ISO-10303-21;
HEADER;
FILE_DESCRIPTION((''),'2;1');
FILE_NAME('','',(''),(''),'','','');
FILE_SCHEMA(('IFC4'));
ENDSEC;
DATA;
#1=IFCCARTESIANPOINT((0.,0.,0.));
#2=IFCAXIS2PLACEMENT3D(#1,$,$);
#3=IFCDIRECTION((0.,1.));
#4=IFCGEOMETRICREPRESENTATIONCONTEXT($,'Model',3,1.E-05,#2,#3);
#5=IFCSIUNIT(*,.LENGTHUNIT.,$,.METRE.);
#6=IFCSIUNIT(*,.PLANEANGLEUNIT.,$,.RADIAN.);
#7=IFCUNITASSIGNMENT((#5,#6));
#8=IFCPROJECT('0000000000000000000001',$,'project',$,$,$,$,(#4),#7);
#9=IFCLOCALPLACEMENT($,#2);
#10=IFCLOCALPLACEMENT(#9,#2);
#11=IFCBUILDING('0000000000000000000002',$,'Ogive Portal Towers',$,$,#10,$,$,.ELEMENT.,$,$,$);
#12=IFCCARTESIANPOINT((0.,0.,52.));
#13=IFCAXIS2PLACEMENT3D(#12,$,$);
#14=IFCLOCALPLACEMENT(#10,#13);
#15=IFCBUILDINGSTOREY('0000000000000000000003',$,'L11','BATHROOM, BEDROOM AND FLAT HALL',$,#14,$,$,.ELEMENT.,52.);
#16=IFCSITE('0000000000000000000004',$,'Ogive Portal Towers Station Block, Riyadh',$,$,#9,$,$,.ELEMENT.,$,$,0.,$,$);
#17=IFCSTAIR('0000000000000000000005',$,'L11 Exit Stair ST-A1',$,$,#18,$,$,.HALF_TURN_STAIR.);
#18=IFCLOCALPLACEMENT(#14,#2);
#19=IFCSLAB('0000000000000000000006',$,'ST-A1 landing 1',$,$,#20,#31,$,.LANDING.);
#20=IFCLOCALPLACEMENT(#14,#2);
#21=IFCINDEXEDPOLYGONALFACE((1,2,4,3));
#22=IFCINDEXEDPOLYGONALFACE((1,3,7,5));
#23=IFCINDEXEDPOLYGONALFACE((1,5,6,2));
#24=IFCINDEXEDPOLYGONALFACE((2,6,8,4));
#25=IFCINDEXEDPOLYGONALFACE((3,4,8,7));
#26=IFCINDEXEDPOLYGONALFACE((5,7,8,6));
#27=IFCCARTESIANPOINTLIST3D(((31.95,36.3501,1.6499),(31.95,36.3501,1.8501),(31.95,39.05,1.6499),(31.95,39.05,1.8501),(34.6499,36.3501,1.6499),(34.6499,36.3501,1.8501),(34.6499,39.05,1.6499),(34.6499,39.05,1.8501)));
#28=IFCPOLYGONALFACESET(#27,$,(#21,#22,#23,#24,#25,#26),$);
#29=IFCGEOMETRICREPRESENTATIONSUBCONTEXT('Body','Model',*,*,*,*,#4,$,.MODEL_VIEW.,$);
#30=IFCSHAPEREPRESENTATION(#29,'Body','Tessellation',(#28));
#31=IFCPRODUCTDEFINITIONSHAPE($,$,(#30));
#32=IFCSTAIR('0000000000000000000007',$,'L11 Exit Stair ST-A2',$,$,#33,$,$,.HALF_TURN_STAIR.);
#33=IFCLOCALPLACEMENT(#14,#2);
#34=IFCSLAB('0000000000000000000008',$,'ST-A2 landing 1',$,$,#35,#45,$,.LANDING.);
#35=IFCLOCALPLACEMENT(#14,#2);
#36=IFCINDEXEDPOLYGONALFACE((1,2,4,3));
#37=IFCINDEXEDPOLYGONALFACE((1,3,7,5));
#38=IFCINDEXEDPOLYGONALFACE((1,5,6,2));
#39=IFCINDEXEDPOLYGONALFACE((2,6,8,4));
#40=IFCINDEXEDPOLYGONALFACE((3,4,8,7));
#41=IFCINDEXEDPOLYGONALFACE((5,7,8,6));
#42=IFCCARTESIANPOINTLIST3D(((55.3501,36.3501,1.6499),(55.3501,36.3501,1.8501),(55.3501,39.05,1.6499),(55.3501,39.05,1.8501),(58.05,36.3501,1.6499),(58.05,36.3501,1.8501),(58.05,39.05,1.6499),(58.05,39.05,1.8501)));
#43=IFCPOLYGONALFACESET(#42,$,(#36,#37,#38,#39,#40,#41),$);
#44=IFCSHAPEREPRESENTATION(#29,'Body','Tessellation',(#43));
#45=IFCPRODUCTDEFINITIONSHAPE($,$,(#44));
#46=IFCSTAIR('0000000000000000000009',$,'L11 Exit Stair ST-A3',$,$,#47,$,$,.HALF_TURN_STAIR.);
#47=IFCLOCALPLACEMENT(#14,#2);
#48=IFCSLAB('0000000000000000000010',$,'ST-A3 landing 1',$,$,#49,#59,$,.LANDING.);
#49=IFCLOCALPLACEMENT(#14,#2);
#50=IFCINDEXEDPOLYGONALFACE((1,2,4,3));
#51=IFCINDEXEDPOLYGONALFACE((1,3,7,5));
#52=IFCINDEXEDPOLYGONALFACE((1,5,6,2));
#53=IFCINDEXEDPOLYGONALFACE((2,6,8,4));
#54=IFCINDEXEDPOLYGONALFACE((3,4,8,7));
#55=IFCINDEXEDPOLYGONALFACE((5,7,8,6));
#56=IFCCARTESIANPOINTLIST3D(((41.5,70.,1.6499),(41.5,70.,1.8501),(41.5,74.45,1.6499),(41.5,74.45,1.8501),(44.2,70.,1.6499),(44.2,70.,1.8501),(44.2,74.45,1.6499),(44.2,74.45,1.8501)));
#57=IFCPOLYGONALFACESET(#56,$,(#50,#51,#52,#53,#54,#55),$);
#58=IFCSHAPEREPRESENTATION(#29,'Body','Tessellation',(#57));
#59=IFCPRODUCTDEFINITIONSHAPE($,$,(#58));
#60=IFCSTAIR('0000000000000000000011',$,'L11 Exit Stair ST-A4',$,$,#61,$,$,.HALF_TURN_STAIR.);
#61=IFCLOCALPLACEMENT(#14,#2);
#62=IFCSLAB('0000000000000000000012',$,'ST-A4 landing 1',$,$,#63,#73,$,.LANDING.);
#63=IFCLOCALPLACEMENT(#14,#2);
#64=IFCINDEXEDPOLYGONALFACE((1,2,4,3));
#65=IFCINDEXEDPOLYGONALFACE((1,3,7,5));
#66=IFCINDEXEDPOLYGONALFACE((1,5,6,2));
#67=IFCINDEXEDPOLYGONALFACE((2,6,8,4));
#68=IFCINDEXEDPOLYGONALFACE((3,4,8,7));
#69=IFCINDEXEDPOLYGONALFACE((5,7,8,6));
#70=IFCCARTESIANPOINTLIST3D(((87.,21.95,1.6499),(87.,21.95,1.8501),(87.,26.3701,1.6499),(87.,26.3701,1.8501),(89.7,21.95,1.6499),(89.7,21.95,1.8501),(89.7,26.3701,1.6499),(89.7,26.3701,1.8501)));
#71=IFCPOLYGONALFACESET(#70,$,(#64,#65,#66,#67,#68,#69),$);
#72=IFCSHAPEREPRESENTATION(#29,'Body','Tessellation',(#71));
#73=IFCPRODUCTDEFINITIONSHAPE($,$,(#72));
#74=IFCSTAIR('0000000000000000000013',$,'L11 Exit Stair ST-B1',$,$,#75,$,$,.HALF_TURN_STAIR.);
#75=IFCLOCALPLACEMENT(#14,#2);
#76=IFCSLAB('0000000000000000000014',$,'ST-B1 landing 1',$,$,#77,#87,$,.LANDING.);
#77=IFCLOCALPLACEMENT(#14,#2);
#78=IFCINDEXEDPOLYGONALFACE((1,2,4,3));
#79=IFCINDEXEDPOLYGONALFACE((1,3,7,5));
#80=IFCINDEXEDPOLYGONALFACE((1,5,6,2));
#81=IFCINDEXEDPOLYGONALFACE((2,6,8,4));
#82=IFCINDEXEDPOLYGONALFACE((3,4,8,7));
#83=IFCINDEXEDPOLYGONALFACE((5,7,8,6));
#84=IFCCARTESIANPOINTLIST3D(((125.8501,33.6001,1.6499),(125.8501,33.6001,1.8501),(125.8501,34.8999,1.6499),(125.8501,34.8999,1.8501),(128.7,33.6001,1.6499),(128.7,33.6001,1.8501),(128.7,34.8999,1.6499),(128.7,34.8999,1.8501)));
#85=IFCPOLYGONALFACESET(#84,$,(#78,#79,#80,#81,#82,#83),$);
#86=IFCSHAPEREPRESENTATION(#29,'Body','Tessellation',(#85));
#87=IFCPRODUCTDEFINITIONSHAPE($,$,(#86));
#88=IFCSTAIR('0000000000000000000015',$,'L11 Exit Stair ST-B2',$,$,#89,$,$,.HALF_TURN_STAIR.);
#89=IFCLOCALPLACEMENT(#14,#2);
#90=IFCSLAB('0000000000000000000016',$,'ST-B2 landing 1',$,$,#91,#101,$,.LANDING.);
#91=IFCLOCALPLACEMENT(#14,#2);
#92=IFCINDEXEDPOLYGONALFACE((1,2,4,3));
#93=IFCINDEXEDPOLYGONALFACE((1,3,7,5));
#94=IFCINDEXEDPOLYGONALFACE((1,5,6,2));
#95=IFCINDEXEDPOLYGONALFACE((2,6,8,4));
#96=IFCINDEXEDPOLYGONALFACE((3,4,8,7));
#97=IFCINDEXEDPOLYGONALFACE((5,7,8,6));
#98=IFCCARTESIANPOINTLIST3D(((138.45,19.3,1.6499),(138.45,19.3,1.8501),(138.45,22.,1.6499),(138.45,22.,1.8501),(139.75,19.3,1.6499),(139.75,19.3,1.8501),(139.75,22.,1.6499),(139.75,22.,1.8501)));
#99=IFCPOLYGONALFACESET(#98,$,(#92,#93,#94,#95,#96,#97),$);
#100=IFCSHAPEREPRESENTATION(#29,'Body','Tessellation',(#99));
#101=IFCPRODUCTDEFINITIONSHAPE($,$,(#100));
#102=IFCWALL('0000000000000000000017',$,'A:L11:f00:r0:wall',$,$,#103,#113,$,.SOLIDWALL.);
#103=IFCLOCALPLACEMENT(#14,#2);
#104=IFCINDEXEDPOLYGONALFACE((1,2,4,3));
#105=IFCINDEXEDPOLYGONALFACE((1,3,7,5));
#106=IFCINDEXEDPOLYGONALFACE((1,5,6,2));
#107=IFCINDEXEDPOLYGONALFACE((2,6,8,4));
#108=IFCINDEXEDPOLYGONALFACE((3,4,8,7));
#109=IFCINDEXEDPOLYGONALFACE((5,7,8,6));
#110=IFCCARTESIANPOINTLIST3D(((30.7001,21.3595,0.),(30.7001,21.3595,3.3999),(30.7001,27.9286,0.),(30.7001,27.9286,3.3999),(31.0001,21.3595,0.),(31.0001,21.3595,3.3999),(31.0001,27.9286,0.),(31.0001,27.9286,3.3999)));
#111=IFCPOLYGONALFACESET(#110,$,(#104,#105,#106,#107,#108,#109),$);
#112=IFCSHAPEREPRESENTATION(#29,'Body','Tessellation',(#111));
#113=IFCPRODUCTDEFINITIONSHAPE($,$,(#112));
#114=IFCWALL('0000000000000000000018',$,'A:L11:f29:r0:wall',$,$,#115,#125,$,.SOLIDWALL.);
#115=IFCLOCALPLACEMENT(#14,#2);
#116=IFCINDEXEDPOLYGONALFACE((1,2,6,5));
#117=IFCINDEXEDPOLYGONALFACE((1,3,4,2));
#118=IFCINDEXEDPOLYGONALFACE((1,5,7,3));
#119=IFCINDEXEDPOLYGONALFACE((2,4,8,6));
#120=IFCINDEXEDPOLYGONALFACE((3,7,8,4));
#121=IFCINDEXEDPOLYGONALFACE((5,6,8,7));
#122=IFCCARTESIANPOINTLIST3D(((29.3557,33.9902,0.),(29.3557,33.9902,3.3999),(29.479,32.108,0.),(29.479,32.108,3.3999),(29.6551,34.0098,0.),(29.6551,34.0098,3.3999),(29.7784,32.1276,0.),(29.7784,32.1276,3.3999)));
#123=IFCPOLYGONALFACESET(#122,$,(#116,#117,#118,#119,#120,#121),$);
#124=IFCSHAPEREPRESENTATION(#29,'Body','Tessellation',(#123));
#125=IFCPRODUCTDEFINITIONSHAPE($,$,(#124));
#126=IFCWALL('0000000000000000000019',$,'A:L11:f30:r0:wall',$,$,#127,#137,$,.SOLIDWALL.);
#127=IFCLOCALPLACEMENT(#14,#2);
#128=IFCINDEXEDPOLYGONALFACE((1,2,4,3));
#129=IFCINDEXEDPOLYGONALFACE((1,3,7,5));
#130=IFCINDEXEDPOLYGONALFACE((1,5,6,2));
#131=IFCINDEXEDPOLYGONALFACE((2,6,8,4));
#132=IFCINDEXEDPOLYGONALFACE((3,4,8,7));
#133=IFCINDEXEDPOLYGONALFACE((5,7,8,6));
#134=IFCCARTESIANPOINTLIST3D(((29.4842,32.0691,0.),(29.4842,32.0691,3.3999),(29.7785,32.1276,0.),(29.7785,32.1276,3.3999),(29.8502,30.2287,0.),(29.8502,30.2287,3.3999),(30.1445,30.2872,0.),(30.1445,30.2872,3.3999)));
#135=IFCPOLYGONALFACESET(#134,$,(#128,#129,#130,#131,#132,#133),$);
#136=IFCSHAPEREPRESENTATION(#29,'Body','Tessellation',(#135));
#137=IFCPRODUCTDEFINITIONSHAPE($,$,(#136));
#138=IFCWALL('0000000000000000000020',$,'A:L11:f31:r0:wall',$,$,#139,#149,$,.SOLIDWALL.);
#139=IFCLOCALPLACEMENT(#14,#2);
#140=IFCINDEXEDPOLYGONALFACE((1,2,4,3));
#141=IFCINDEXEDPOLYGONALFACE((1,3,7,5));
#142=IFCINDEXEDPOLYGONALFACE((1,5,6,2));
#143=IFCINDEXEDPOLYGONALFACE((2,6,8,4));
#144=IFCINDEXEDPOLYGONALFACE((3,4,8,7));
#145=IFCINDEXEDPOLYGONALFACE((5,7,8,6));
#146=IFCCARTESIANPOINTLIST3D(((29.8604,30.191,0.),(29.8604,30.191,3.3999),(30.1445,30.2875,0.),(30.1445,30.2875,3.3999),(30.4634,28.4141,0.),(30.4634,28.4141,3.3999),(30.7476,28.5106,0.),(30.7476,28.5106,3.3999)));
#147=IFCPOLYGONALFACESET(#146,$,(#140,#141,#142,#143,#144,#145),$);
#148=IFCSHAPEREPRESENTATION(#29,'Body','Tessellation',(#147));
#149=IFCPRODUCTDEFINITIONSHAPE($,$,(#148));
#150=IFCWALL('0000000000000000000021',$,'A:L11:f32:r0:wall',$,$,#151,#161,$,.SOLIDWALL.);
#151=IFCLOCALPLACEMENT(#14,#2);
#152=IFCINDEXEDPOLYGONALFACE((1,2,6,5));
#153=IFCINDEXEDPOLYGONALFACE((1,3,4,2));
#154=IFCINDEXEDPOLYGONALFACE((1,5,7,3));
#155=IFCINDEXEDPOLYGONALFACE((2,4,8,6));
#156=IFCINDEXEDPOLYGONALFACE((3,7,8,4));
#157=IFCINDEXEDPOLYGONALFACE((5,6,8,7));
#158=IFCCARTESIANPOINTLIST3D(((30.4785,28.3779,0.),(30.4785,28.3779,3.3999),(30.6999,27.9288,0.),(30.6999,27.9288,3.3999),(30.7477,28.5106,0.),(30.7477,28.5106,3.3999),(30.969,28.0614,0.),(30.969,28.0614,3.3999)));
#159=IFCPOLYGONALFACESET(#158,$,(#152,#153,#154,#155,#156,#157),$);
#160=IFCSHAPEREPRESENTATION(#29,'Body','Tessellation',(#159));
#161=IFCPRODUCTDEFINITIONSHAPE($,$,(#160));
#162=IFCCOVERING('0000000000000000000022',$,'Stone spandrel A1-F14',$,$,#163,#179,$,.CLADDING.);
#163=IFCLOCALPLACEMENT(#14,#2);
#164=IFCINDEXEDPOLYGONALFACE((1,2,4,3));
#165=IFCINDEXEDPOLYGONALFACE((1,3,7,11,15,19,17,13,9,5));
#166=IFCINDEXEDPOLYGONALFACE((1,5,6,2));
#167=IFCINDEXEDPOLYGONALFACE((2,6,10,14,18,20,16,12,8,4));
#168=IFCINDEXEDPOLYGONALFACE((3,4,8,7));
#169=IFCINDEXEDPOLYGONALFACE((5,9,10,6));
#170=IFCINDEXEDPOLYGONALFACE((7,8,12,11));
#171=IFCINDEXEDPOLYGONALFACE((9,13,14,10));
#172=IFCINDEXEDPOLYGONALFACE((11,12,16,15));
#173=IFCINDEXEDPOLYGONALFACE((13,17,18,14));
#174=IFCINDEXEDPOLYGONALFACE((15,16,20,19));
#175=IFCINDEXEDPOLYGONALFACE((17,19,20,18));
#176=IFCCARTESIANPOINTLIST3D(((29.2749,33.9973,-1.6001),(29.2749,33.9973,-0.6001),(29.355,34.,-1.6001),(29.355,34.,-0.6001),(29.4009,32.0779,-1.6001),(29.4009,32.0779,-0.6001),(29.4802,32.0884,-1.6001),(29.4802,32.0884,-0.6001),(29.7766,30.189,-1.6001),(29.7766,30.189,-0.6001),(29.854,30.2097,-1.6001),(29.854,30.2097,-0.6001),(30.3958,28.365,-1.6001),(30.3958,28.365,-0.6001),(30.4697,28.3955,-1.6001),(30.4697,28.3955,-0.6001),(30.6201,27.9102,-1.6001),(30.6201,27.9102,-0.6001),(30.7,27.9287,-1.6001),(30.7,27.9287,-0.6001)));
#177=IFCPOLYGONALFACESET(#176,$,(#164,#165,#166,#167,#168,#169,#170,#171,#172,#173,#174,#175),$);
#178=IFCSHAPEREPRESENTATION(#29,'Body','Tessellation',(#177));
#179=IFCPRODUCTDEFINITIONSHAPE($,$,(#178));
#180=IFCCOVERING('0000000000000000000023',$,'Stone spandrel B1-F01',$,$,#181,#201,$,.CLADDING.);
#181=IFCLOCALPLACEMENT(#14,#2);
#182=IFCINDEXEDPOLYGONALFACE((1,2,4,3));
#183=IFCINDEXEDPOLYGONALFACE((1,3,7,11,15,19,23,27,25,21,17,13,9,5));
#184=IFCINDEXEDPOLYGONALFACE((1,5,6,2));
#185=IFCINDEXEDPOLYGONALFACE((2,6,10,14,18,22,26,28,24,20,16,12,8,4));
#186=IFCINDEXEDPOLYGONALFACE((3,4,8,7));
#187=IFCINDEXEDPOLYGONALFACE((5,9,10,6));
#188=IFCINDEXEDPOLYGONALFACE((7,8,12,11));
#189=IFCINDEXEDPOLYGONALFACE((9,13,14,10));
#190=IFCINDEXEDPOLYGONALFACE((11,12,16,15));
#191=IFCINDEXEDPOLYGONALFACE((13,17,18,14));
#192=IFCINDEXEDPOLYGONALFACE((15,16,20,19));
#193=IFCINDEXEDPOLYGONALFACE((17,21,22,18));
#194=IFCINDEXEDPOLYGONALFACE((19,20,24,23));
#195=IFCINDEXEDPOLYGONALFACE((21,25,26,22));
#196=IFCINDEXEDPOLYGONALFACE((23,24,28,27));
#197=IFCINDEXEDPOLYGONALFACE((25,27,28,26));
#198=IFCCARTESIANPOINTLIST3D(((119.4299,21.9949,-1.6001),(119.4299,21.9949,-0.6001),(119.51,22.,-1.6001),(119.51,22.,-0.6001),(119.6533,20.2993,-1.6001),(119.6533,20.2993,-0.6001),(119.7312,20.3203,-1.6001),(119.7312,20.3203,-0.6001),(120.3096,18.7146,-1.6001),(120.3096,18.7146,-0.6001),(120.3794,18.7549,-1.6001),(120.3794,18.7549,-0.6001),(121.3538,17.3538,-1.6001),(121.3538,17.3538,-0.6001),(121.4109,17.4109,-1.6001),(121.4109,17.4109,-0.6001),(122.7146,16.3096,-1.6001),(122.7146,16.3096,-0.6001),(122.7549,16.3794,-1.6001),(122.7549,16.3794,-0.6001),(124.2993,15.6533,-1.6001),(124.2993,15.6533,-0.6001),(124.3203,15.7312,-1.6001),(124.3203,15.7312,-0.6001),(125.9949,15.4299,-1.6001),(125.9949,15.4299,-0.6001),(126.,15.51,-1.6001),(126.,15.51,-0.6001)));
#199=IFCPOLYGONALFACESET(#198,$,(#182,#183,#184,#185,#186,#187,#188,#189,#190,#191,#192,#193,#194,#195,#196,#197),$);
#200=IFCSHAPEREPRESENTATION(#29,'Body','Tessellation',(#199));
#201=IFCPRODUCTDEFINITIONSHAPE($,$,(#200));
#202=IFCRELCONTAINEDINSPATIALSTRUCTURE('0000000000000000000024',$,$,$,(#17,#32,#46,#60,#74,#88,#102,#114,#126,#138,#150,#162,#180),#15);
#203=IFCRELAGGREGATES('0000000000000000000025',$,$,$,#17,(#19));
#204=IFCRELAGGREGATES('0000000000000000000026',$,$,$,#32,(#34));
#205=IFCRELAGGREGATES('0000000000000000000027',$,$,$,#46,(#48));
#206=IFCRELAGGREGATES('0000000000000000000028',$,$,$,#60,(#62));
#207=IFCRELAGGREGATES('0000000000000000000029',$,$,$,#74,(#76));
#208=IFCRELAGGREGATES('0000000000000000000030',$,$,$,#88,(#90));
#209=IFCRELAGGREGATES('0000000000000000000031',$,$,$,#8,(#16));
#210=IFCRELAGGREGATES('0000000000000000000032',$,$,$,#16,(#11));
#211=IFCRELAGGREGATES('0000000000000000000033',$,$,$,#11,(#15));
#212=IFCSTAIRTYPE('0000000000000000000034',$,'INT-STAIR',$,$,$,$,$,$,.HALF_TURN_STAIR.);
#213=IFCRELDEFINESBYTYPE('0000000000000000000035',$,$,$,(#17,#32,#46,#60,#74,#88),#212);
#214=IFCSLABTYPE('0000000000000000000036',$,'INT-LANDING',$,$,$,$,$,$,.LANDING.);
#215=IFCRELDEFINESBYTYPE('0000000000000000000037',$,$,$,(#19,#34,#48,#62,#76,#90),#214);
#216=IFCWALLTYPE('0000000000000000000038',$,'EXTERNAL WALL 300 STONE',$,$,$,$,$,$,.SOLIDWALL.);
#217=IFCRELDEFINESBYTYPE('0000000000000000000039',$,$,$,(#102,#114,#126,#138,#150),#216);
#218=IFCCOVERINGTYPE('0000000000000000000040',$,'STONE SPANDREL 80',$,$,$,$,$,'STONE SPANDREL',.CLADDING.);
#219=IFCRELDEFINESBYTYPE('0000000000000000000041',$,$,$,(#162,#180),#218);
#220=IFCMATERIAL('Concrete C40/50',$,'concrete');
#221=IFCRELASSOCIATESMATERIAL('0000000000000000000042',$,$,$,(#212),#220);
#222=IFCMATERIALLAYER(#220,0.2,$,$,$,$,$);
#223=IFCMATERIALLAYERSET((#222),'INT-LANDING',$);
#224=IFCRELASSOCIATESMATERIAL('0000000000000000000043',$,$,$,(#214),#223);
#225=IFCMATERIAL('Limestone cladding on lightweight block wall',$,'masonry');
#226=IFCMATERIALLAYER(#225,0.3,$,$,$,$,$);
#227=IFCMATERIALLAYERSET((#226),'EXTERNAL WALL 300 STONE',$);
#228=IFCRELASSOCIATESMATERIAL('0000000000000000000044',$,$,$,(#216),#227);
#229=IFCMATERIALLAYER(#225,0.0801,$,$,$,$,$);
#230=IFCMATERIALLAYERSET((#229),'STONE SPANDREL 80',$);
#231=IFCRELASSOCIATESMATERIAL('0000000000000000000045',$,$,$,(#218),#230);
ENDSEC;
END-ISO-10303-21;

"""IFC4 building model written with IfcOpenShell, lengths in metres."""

from ifc_helpers import new_model, si_unit, direction, frame, frame_2d, origin, place, context, subcontext, project, spatial, polyline, rectangle, outline, extrude, material, layer, layer_set, type_object, element, aggregate, save


model = new_model("IFC4")

# Units and contexts
model_context = context("Model", 3, precision=1e-05, world=origin(), true_north=direction((0.0, 1.0)))
body_context = subcontext(model_context, "Body", "Model", "MODEL_VIEW")
ifc_project = project(units=[si_unit("LENGTHUNIT", "METRE"), si_unit("PLANEANGLEUNIT", "RADIAN")], contexts=[model_context])

# Site, building, storey
site_placement = place(None, origin())
site = spatial("IfcSite", under=ifc_project, at=site_placement, Name="Ogive Portal Towers Station Block, Riyadh", CompositionType="ELEMENT", RefElevation=0.0)
building_placement = place(site_placement, origin())
building = spatial("IfcBuilding", under=site, at=building_placement, Name="Ogive Portal Towers", CompositionType="ELEMENT")
storey_placement = place(building_placement, frame((0.0, 0.0, 52.0)))
storey = spatial("IfcBuildingStorey", under=building, at=storey_placement, Name="L11", Description="BATHROOM, BEDROOM AND FLAT HALL", CompositionType="ELEMENT", Elevation=52.0)

# Stairs, slabs
ifc_material_1 = material(Name="Concrete C40/50", Category="concrete")
stair_type = type_object("IfcStairType", Name="INT-STAIR", PredefinedType="HALF_TURN_STAIR", material=ifc_material_1)
stair_1_placement = place(storey_placement, origin())
stair_1 = element("IfcStair", 1, at=stair_1_placement, inside=storey, type_object=stair_type, Name="L11 Exit Stair ST-A1", PredefinedType="HALF_TURN_STAIR")
ifc_layer_1 = layer(ifc_material_1, 0.2)
ifc_layer_set_1 = layer_set([ifc_layer_1], Name="INT-LANDING")
slab_type = type_object("IfcSlabType", Name="INT-LANDING", PredefinedType="LANDING", material=ifc_layer_set_1)
slab_1_placement = place(storey_placement, frame((0.0, 0.0, 1.6499)))
slab_1 = element("IfcSlab", 2, at=slab_1_placement, type_object=slab_type, Name="ST-A1 landing 1", PredefinedType="LANDING", context=body_context, shape_type="SweptSolid", body=[
    extrude(outline(polyline([(34.6499, 39.05), (31.95, 39.05), (31.95, 36.3501), (34.6499, 36.3501), (34.6499, 39.05)])), origin(), (0.0, 0.0, 1.0), 0.2002),
])
aggregate(stair_1, [slab_1])
stair_2_placement = place(storey_placement, origin())
stair_2 = element("IfcStair", 3, at=stair_2_placement, inside=storey, type_object=stair_type, Name="L11 Exit Stair ST-A2", PredefinedType="HALF_TURN_STAIR")
slab_2_placement = place(storey_placement, frame((0.0, 0.0, 1.6499)))
slab_2 = element("IfcSlab", 4, at=slab_2_placement, type_object=slab_type, Name="ST-A2 landing 1", PredefinedType="LANDING", context=body_context, shape_type="SweptSolid", body=[
    extrude(outline(polyline([(55.3501, 36.3501), (58.05, 36.3501), (58.05, 39.05), (55.3501, 39.05), (55.3501, 36.3501)])), origin(), (0.0, 0.0, 1.0), 0.2002),
])
aggregate(stair_2, [slab_2])
stair_3_placement = place(storey_placement, origin())
stair_3 = element("IfcStair", 5, at=stair_3_placement, inside=storey, type_object=stair_type, Name="L11 Exit Stair ST-A3", PredefinedType="HALF_TURN_STAIR")
slab_3_placement = place(storey_placement, frame((0.0, 0.0, 1.6499)))
slab_3 = element("IfcSlab", 6, at=slab_3_placement, type_object=slab_type, Name="ST-A3 landing 1", PredefinedType="LANDING", context=body_context, shape_type="SweptSolid", body=[
    extrude(outline(polyline([(44.2, 70.0), (44.2, 74.45), (41.5, 74.45), (41.5, 70.0), (44.2, 70.0)])), origin(), (0.0, 0.0, 1.0), 0.2002),
])
aggregate(stair_3, [slab_3])
stair_4_placement = place(storey_placement, origin())
stair_4 = element("IfcStair", 7, at=stair_4_placement, inside=storey, type_object=stair_type, Name="L11 Exit Stair ST-A4", PredefinedType="HALF_TURN_STAIR")
slab_4_placement = place(storey_placement, frame((0.0, 0.0, 1.6499)))
slab_4 = element("IfcSlab", 8, at=slab_4_placement, type_object=slab_type, Name="ST-A4 landing 1", PredefinedType="LANDING", context=body_context, shape_type="SweptSolid", body=[
    extrude(outline(polyline([(87.0, 26.3701), (87.0, 21.95), (89.7, 21.95), (89.7, 26.3701), (87.0, 26.3701)])), origin(), (0.0, 0.0, 1.0), 0.2002),
])
aggregate(stair_4, [slab_4])
stair_5_placement = place(storey_placement, origin())
stair_5 = element("IfcStair", 9, at=stair_5_placement, inside=storey, type_object=stair_type, Name="L11 Exit Stair ST-B1", PredefinedType="HALF_TURN_STAIR")
slab_5_placement = place(storey_placement, frame((0.0, 0.0, 1.6499)))
slab_5 = element("IfcSlab", 10, at=slab_5_placement, type_object=slab_type, Name="ST-B1 landing 1", PredefinedType="LANDING", context=body_context, shape_type="SweptSolid", body=[
    extrude(outline(polyline([(128.7, 33.6001), (128.7, 34.8999), (125.8501, 34.8999), (125.8501, 33.6001), (128.7, 33.6001)])), origin(), (0.0, 0.0, 1.0), 0.2002),
])
aggregate(stair_5, [slab_5])
stair_6_placement = place(storey_placement, origin())
stair_6 = element("IfcStair", 11, at=stair_6_placement, inside=storey, type_object=stair_type, Name="L11 Exit Stair ST-B2", PredefinedType="HALF_TURN_STAIR")
slab_6_placement = place(storey_placement, frame((0.0, 0.0, 1.6499)))
slab_6 = element("IfcSlab", 12, at=slab_6_placement, type_object=slab_type, Name="ST-B2 landing 1", PredefinedType="LANDING", context=body_context, shape_type="SweptSolid", body=[
    extrude(outline(polyline([(139.75, 22.0), (138.45, 22.0), (138.45, 19.3), (139.75, 19.3), (139.75, 22.0)])), origin(), (0.0, 0.0, 1.0), 0.2002),
])
aggregate(stair_6, [slab_6])

# Walls
ifc_material_2 = material(Name="Limestone cladding on lightweight block wall", Category="masonry")
ifc_layer_2 = layer(ifc_material_2, 0.3)
ifc_layer_set_2 = layer_set([ifc_layer_2], Name="EXTERNAL WALL 300 STONE")
wall_type = type_object("IfcWallType", Name="EXTERNAL WALL 300 STONE", PredefinedType="SOLIDWALL", material=ifc_layer_set_2)
wall_1_placement = place(storey_placement, frame((30.8501, 27.9287, 0.0), z_axis=(0.0, 0.0, 1.0), x_axis=(0.0, -1.0, 0.0)))
element("IfcWall", 13, at=wall_1_placement, inside=storey, type_object=wall_type, Name="A:L11:f00:r0:wall", PredefinedType="SOLIDWALL", context=body_context, shape_type="SweptSolid", body=[
    extrude(rectangle(XDim=6.5691, YDim=0.3, at=frame_2d((3.2847, 0.0))), origin(), (0.0, 0.0, 1.0), 3.3999),
])
wall_2_placement = place(storey_placement, frame((29.5054, 34.0, 0.0), z_axis=(0.0, 0.0, 1.0), x_axis=(0.065368, -0.997861, 0.0)))
element("IfcWall", 14, at=wall_2_placement, inside=storey, type_object=wall_type, Name="A:L11:f29:r0:wall", PredefinedType="SOLIDWALL", context=body_context, shape_type="SweptSolid", body=[
    extrude(rectangle(XDim=1.8862, YDim=0.3, at=frame_2d((0.9431, 0.0))), origin(), (0.0, 0.0, 1.0), 3.3999),
])
for number, where, z_axis, x_axis, name in (
    (15, (29.6313, 32.0984, 0.0), (0.0, 0.0, 1.0), (0.19504, -0.980795, 0.0), "A:L11:f30:r0:wall"),
    (16, (30.0024, 30.2393, 0.0), (0.0, 0.0, 1.0), (0.321376, -0.946952, 0.0), "A:L11:f31:r0:wall"),
):
    element("IfcWall", number, at=place(storey_placement, frame(where, z_axis=z_axis, x_axis=x_axis)), inside=storey, type_object=wall_type, Name=name, PredefinedType="SOLIDWALL", context=body_context, shape_type="SweptSolid", body=[
        extrude(rectangle(XDim=1.8765, YDim=0.3, at=frame_2d((0.9382, 0.0))), origin(), (0.0, 0.0, 1.0), 3.3999),
    ])
wall_3_placement = place(storey_placement, frame((30.613, 28.4443, 0.0), z_axis=(0.0, 0.0, 1.0), x_axis=(0.442137, -0.896948, 0.0)))
element("IfcWall", 17, at=wall_3_placement, inside=storey, type_object=wall_type, Name="A:L11:f32:r0:wall", PredefinedType="SOLIDWALL", context=body_context, shape_type="SweptSolid", body=[
    extrude(rectangle(XDim=0.5007, YDim=0.3, at=frame_2d((0.2505, 0.0))), origin(), (0.0, 0.0, 1.0), 3.3999),
])

# Coverings
ifc_layer_3 = layer(ifc_material_2, 0.0801)
ifc_layer_set_3 = layer_set([ifc_layer_3], Name="STONE SPANDREL 80")
covering_type_1 = type_object("IfcCoveringType", Name="STONE SPANDREL 80", ElementType="STONE SPANDREL", PredefinedType="CLADDING", material=ifc_layer_set_3)
covering_1_placement = place(storey_placement, frame((0.0, 0.0, -1.6001)))
element("IfcCovering", 18, at=covering_1_placement, inside=storey, type_object=covering_type_1, Name="Stone spandrel A1-F14", PredefinedType="CLADDING", context=body_context, shape_type="SweptSolid", body=[
    extrude(outline(polyline([(29.355, 34.0), (29.4802, 32.0884), (29.854, 30.2097), (30.4697, 28.3955), (30.7, 27.9287), (30.6201, 27.9102), (30.3958, 28.365), (29.7766, 30.189), (29.4009, 32.0779), (29.2749, 33.9973), (29.355, 34.0)])), origin(), (0.0, 0.0, 1.0), 1.0),
])
covering_2_placement = place(storey_placement, frame((0.0, 0.0, -1.6001)))
element("IfcCovering", 19, at=covering_2_placement, inside=storey, type_object=covering_type_1, Name="Stone spandrel B1-F01", PredefinedType="CLADDING", context=body_context, shape_type="SweptSolid", body=[
    extrude(outline(polyline([(119.51, 22.0), (119.7312, 20.3203), (120.3794, 18.7549), (121.4109, 17.4109), (122.7549, 16.3794), (124.3203, 15.7312), (126.0, 15.51), (125.9949, 15.4299), (124.2993, 15.6533), (122.7146, 16.3096), (121.3538, 17.3538), (120.3096, 18.7146), (119.6533, 20.2993), (119.4299, 21.9949), (119.51, 22.0)])), origin(), (0.0, 0.0, 1.0), 1.0),
])

save(model, "model.ifc")
